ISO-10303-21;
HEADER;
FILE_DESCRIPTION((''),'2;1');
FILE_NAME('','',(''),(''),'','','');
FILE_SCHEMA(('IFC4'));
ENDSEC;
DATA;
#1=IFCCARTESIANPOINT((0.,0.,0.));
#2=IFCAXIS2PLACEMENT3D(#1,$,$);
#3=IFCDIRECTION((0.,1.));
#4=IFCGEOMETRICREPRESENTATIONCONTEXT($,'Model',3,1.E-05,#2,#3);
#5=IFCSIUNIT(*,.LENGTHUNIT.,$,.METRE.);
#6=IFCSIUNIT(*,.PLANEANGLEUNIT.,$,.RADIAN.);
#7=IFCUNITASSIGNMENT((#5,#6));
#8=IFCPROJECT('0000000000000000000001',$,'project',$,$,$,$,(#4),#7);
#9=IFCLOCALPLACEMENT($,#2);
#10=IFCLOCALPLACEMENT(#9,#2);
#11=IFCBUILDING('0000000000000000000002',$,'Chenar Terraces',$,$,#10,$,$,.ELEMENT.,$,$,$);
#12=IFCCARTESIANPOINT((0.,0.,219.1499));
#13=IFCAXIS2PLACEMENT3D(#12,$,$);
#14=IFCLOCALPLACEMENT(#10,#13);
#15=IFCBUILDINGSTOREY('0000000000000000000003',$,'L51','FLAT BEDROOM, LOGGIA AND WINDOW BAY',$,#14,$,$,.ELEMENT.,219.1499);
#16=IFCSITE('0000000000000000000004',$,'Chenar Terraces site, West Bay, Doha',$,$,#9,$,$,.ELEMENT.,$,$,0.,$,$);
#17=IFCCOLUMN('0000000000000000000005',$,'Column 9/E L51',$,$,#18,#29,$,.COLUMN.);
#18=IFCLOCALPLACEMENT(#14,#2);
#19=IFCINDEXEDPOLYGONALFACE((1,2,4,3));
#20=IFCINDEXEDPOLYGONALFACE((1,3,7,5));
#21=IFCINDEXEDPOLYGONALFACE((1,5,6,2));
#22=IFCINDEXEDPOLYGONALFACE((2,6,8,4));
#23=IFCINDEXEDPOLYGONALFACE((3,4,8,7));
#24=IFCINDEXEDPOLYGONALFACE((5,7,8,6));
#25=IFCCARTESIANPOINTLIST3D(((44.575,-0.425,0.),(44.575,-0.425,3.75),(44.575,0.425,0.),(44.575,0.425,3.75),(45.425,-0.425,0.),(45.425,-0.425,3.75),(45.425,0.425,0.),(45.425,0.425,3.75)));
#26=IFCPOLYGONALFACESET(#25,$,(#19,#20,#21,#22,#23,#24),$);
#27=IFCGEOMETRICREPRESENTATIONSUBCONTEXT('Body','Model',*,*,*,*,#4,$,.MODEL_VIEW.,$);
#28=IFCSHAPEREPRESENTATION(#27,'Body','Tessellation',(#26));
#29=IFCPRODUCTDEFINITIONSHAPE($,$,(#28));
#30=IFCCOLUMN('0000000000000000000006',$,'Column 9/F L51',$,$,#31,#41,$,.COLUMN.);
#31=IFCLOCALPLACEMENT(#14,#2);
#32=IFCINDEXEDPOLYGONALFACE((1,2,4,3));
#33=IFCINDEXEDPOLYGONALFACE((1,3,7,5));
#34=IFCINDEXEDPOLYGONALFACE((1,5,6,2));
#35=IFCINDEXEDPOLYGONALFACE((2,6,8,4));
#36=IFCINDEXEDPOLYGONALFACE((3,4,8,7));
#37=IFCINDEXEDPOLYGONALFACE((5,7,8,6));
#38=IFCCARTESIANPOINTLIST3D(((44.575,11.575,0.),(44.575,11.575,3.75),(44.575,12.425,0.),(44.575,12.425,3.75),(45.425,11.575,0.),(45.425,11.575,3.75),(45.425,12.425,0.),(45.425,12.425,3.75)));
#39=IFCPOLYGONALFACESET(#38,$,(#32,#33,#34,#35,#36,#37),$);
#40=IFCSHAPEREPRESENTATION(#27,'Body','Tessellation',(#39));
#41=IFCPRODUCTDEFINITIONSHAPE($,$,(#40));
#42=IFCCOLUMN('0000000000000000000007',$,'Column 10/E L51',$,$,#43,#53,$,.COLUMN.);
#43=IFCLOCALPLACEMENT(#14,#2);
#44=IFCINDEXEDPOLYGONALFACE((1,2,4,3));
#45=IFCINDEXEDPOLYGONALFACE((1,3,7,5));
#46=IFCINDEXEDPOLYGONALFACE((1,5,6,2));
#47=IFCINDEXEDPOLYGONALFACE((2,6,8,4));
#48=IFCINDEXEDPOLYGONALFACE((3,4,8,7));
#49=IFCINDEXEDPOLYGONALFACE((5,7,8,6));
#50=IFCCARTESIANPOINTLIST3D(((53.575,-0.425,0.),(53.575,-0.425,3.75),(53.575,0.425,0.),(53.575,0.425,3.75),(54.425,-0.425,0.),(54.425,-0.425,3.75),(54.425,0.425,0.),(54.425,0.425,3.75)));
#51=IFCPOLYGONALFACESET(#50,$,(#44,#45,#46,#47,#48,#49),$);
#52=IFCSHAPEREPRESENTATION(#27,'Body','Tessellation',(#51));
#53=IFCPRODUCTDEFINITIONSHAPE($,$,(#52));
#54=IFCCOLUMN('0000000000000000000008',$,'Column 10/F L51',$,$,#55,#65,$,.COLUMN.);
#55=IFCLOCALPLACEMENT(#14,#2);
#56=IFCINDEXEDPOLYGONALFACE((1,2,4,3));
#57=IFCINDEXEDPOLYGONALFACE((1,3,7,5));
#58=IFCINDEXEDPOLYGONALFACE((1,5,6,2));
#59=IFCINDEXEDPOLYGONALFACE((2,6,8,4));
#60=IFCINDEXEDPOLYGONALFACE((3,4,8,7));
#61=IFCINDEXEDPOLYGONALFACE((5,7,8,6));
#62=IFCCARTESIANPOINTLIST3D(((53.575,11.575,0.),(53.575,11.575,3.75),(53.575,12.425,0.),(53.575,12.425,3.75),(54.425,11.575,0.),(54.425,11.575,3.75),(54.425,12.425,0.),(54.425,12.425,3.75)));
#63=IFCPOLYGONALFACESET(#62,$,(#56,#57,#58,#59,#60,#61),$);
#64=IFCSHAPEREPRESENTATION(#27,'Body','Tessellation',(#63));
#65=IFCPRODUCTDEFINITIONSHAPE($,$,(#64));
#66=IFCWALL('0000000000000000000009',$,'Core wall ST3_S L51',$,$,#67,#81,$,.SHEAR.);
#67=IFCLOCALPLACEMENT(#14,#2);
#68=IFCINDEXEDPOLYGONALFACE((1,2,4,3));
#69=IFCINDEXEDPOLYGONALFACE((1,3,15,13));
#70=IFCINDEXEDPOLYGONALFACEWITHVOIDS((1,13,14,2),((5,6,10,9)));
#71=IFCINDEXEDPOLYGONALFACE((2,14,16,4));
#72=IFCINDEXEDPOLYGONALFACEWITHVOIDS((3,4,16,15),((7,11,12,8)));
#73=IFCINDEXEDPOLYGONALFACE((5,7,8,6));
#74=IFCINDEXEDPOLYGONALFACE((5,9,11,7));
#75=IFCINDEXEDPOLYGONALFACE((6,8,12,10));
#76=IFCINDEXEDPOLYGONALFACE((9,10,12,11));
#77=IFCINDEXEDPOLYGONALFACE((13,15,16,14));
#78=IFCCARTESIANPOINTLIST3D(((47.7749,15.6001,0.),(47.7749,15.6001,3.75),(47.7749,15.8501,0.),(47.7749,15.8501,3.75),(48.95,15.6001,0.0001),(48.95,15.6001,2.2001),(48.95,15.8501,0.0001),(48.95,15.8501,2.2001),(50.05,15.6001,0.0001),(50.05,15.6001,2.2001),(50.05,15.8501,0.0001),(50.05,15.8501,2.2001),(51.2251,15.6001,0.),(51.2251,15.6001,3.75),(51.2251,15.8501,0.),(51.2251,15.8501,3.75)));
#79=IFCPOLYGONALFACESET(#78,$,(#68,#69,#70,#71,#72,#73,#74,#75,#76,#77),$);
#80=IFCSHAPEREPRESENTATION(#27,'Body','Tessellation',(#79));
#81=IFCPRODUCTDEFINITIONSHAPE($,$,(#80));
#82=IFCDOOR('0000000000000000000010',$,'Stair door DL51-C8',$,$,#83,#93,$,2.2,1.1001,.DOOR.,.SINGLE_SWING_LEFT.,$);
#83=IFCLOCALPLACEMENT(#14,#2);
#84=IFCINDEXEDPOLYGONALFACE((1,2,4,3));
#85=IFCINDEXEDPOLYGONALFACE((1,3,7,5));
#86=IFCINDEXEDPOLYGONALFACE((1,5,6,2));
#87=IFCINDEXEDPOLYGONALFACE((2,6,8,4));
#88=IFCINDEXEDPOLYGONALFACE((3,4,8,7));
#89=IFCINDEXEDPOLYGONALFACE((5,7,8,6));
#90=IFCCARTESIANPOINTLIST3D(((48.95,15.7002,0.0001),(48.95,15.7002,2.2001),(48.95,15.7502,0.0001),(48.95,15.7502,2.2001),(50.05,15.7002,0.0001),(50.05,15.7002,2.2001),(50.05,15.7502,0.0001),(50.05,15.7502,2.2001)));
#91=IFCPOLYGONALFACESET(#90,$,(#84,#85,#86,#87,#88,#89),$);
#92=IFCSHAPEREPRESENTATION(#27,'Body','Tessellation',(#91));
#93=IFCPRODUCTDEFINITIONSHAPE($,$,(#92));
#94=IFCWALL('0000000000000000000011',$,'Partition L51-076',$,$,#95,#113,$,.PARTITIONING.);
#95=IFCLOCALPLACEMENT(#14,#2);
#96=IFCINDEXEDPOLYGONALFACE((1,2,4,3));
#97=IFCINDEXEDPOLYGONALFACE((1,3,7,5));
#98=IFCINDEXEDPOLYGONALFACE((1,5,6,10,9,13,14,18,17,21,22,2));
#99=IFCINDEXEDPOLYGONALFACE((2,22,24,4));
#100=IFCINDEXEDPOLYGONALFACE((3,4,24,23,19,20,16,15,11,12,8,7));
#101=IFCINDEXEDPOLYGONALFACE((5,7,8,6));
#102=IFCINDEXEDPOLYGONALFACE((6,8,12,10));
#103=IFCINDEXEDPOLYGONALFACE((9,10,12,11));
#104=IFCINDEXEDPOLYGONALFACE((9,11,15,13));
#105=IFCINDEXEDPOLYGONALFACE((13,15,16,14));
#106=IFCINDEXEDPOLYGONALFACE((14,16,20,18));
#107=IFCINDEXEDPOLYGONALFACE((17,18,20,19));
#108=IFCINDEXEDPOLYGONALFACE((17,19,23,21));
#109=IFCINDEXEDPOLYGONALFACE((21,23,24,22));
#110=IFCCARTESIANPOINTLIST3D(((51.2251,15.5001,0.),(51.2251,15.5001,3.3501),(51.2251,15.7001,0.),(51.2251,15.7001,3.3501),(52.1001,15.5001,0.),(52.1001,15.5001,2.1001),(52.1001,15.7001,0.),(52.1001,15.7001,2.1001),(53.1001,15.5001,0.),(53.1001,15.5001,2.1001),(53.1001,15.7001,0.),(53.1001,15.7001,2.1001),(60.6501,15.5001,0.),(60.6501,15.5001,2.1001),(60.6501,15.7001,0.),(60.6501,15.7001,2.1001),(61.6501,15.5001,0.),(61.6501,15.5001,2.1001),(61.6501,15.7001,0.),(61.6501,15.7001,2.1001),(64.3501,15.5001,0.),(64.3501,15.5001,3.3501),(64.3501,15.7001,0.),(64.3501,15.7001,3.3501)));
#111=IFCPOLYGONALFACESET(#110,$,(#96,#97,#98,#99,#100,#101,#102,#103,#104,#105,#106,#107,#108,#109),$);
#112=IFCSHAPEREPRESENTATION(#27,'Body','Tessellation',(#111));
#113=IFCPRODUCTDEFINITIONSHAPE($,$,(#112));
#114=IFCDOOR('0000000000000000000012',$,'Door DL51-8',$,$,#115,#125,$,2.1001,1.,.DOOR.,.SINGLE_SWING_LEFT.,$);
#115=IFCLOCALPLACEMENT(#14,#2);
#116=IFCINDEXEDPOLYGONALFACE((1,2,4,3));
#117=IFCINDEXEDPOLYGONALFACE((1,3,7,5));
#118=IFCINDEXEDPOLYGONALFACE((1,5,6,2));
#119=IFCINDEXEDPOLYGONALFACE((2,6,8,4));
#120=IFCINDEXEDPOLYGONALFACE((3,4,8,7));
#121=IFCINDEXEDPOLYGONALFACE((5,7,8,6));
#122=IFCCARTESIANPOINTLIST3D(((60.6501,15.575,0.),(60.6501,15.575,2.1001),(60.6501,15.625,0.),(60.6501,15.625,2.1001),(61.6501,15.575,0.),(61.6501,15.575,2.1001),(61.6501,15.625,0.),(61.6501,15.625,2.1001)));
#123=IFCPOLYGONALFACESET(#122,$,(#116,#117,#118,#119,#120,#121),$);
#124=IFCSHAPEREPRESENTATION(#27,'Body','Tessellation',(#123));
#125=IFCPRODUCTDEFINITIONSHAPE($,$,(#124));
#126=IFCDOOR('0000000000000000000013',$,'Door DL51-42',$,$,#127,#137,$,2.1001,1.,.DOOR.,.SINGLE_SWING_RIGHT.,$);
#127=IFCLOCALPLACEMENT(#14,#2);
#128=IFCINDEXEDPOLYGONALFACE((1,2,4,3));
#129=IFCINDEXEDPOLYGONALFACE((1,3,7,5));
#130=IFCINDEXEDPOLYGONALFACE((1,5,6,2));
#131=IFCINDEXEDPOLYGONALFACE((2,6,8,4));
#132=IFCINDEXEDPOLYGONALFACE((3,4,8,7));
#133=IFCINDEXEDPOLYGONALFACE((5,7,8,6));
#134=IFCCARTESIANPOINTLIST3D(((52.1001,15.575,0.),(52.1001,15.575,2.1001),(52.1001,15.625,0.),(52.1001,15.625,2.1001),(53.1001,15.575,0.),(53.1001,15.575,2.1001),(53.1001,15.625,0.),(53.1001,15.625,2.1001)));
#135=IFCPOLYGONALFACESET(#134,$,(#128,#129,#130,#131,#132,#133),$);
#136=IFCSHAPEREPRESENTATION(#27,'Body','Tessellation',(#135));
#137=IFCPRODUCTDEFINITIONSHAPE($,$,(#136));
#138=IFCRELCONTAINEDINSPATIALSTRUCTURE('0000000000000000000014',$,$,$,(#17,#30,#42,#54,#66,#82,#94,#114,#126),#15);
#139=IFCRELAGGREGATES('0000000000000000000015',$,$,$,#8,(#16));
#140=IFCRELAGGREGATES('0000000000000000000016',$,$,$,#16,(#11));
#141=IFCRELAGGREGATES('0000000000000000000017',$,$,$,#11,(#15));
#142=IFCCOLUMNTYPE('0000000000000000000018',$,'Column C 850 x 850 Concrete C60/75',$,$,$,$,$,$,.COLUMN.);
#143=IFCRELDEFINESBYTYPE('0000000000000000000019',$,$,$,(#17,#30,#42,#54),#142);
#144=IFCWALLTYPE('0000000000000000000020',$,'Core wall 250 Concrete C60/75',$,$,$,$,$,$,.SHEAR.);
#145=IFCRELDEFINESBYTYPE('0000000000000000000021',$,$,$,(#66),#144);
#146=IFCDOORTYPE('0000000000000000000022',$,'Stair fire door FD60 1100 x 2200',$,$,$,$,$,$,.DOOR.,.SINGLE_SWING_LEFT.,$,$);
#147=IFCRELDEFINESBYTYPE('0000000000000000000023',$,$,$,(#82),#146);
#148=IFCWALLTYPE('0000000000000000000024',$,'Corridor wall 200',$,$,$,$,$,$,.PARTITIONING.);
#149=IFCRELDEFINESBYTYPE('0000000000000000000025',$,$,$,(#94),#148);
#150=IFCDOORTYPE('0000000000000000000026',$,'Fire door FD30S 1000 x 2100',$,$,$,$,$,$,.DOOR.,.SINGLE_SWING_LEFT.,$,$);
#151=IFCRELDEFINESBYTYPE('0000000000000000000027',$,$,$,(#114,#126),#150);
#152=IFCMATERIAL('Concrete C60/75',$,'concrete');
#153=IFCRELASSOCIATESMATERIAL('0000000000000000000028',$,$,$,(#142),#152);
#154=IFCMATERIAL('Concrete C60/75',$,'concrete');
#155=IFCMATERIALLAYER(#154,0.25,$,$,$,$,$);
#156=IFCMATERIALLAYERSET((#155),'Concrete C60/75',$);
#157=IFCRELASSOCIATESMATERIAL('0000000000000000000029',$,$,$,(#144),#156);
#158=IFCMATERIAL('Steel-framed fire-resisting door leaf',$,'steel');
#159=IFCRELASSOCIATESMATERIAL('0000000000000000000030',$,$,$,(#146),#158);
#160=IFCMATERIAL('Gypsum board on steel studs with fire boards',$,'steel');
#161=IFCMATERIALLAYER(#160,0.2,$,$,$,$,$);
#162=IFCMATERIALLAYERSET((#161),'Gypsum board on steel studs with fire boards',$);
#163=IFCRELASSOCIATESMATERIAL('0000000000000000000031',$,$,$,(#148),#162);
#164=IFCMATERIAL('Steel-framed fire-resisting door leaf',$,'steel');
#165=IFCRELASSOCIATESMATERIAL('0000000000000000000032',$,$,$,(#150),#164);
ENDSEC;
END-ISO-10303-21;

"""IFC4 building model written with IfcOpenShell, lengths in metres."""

from ifc_helpers import new_model, si_unit, direction, frame, frame_2d, origin, origin_2d, place, context, subcontext, project, spatial, rectangle, extrude, material, layer, layer_set, material_profile, profile_set, type_object, element, fill, save


model = new_model("IFC4")

# Units and contexts
model_context = context("Model", 3, precision=1e-05, world=origin(), true_north=direction((0.0, 1.0)))
body_context = subcontext(model_context, "Body", "Model", "MODEL_VIEW")
ifc_project = project(units=[si_unit("LENGTHUNIT", "METRE"), si_unit("PLANEANGLEUNIT", "RADIAN")], contexts=[model_context])

# Site, building, storey
site_placement = place(None, origin())
site = spatial("IfcSite", under=ifc_project, at=site_placement, Name="Chenar Terraces site, West Bay, Doha", CompositionType="ELEMENT", RefElevation=0.0)
building_placement = place(site_placement, origin())
building = spatial("IfcBuilding", under=site, at=building_placement, Name="Chenar Terraces", CompositionType="ELEMENT")
storey_placement = place(building_placement, frame((0.0, 0.0, 219.1499)))
storey = spatial("IfcBuildingStorey", under=building, at=storey_placement, Name="L51", Description="FLAT BEDROOM, LOGGIA AND WINDOW BAY", CompositionType="ELEMENT", Elevation=219.1499)

# Columns
ifc_material_1 = material(Name="Concrete C60/75", Category="concrete")
ifc_material_profile_1 = material_profile(ifc_material_1, rectangle(XDim=0.8501, YDim=0.8501, at=origin_2d()), Name="C 850 x 850")
ifc_profile_set_1 = profile_set([ifc_material_profile_1], Name="Concrete C60/75")
column_type = type_object("IfcColumnType", Name="Column C 850 x 850 Concrete C60/75", PredefinedType="COLUMN", material=ifc_profile_set_1)
for number, where, z_axis, x_axis, name in (
    (1, (45.0, 0.0, 0.0), (0.0, 0.0, 1.0), (1.0, 0.0, 0.0), "Column 9/E L51"),
    (2, (45.0, 12.0, 0.0), (0.0, 0.0, 1.0), (1.0, 0.0, 0.0), "Column 9/F L51"),
    (3, (54.0, 0.0, 0.0), (0.0, 0.0, 1.0), (1.0, 0.0, 0.0), "Column 10/E L51"),
    (4, (54.0, 12.0, 0.0), (0.0, 0.0, 1.0), (1.0, 0.0, 0.0), "Column 10/F L51"),
):
    element("IfcColumn", number, at=place(storey_placement, frame(where, z_axis=z_axis, x_axis=x_axis)), inside=storey, type_object=column_type, Name=name, PredefinedType="COLUMN", context=body_context, shape_type="SweptSolid", body=[
        extrude(rectangle(XDim=0.8501, YDim=0.8501, at=origin_2d()), origin(), (0.0, 0.0, 1.0), 3.75),
    ])

# Wall, opening, door
ifc_material_2 = material(Name="Concrete C60/75", Category="concrete")
ifc_layer_1 = layer(ifc_material_2, 0.25)
ifc_layer_set_1 = layer_set([ifc_layer_1], Name="Concrete C60/75")
wall_type_1 = type_object("IfcWallType", Name="Core wall 250 Concrete C60/75", PredefinedType="SHEAR", material=ifc_layer_set_1)
wall_1_placement = place(storey_placement, frame((47.7749, 15.7251, 0.0), z_axis=(0.0, 0.0, 1.0), x_axis=(1.0, 0.0, 0.0)))
wall_1 = element("IfcWall", 5, at=wall_1_placement, inside=storey, type_object=wall_type_1, Name="Core wall ST3_S L51", PredefinedType="SHEAR", context=body_context, shape_type="SweptSolid", body=[
    extrude(rectangle(XDim=3.4502, YDim=0.25, at=frame_2d((1.7251, 0.0))), origin(), (0.0, 0.0, 1.0), 3.75),
])
opening_1_placement = place(wall_1_placement, frame((1.175, 0.0, 0.0)))
opening_1 = element("IfcOpeningElement", 6, at=opening_1_placement, cuts=wall_1, PredefinedType="OPENING", context=body_context, shape_type="SweptSolid", body=[
    extrude(rectangle(XDim=1.1001, YDim=2.2, at=frame_2d((0.55, 1.1001))), frame((0.0, 0.135, 0.0), z_axis=(0.0, -1.0, 0.0), x_axis=(1.0, 0.0, 0.0)), (0.0, 0.0, 1.0), 0.27),
])
ifc_material_3 = material(Name="Steel-framed fire-resisting door leaf", Category="steel")
door_type_1 = type_object("IfcDoorType", Name="Stair fire door FD60 1100 x 2200", OperationType="SINGLE_SWING_LEFT", PredefinedType="DOOR", material=ifc_material_3)
door_1_placement = place(opening_1_placement, frame((1.1001, 0.0, 0.0), z_axis=(0.0, 0.0, 1.0), x_axis=(-1.0, 0.0, 0.0)))
door_1 = element("IfcDoor", 7, at=door_1_placement, inside=storey, type_object=door_type_1, Name="Stair door DL51-C8", OperationType="SINGLE_SWING_LEFT", OverallHeight=2.2, OverallWidth=1.1001, PredefinedType="DOOR", context=body_context, shape_type="SweptSolid", body=[
    extrude(rectangle(XDim=1.1001, YDim=2.2, at=frame_2d((0.55, 1.1001))), frame((0.0, 0.0249, 0.0), z_axis=(0.0, -1.0, 0.0), x_axis=(1.0, 0.0, 0.0)), (0.0, 0.0, 1.0), 0.05),
])
fill(opening_1, door_1)

# Wall, openings, doors
ifc_material_4 = material(Name="Gypsum board on steel studs with fire boards", Category="steel")
ifc_layer_2 = layer(ifc_material_4, 0.2)
ifc_layer_set_2 = layer_set([ifc_layer_2], Name="Gypsum board on steel studs with fire boards")
wall_type_2 = type_object("IfcWallType", Name="Corridor wall 200", PredefinedType="PARTITIONING", material=ifc_layer_set_2)
wall_2_placement = place(storey_placement, frame((51.2251, 15.6001, 0.0), z_axis=(0.0, 0.0, 1.0), x_axis=(1.0, 0.0, 0.0)))
wall_2 = element("IfcWall", 8, at=wall_2_placement, inside=storey, type_object=wall_type_2, Name="Partition L51-076", PredefinedType="PARTITIONING", context=body_context, shape_type="SweptSolid", body=[
    extrude(rectangle(XDim=13.125, YDim=0.2, at=frame_2d((6.5625, 0.0))), origin(), (0.0, 0.0, 1.0), 3.3501),
])
opening_2_placement = place(wall_2_placement, frame((9.425, 0.0, 0.0)))
opening_2 = element("IfcOpeningElement", 9, at=opening_2_placement, cuts=wall_2, PredefinedType="OPENING", context=body_context, shape_type="SweptSolid", body=[
    extrude(rectangle(XDim=1.0, YDim=2.1001, at=frame_2d((0.5, 1.05))), frame((0.0, 0.1099, 0.0), z_axis=(0.0, -1.0, 0.0), x_axis=(1.0, 0.0, 0.0)), (0.0, 0.0, 1.0), 0.22),
])
opening_3_placement = place(wall_2_placement, frame((0.875, 0.0, 0.0)))
opening_3 = element("IfcOpeningElement", 10, at=opening_3_placement, cuts=wall_2, PredefinedType="OPENING", context=body_context, shape_type="SweptSolid", body=[
    extrude(rectangle(XDim=1.0, YDim=2.1001, at=frame_2d((0.5, 1.05))), frame((0.0, 0.1099, 0.0), z_axis=(0.0, -1.0, 0.0), x_axis=(1.0, 0.0, 0.0)), (0.0, 0.0, 1.0), 0.22),
])
ifc_material_5 = material(Name="Steel-framed fire-resisting door leaf", Category="steel")
door_type_2 = type_object("IfcDoorType", Name="Fire door FD30S 1000 x 2100", OperationType="SINGLE_SWING_LEFT", PredefinedType="DOOR", material=ifc_material_5)
door_2_placement = place(opening_2_placement, origin())
door_2 = element("IfcDoor", 11, at=door_2_placement, inside=storey, type_object=door_type_2, Name="Door DL51-8", OperationType="SINGLE_SWING_LEFT", OverallHeight=2.1001, OverallWidth=1.0, PredefinedType="DOOR", context=body_context, shape_type="SweptSolid", body=[
    extrude(rectangle(XDim=1.0, YDim=2.1001, at=frame_2d((0.5, 1.05))), frame((0.0, 0.0249, 0.0), z_axis=(0.0, -1.0, 0.0), x_axis=(1.0, 0.0, 0.0)), (0.0, 0.0, 1.0), 0.05),
])
fill(opening_2, door_2)
door_3_placement = place(opening_3_placement, origin())
door_3 = element("IfcDoor", 12, at=door_3_placement, inside=storey, type_object=door_type_2, Name="Door DL51-42", OperationType="SINGLE_SWING_RIGHT", OverallHeight=2.1001, OverallWidth=1.0, PredefinedType="DOOR", context=body_context, shape_type="SweptSolid", body=[
    extrude(rectangle(XDim=1.0, YDim=2.1001, at=frame_2d((0.5, 1.05))), frame((0.0, 0.0249, 0.0), z_axis=(0.0, -1.0, 0.0), x_axis=(1.0, 0.0, 0.0)), (0.0, 0.0, 1.0), 0.05),
])
fill(opening_3, door_3)

save(model, "model.ifc")
